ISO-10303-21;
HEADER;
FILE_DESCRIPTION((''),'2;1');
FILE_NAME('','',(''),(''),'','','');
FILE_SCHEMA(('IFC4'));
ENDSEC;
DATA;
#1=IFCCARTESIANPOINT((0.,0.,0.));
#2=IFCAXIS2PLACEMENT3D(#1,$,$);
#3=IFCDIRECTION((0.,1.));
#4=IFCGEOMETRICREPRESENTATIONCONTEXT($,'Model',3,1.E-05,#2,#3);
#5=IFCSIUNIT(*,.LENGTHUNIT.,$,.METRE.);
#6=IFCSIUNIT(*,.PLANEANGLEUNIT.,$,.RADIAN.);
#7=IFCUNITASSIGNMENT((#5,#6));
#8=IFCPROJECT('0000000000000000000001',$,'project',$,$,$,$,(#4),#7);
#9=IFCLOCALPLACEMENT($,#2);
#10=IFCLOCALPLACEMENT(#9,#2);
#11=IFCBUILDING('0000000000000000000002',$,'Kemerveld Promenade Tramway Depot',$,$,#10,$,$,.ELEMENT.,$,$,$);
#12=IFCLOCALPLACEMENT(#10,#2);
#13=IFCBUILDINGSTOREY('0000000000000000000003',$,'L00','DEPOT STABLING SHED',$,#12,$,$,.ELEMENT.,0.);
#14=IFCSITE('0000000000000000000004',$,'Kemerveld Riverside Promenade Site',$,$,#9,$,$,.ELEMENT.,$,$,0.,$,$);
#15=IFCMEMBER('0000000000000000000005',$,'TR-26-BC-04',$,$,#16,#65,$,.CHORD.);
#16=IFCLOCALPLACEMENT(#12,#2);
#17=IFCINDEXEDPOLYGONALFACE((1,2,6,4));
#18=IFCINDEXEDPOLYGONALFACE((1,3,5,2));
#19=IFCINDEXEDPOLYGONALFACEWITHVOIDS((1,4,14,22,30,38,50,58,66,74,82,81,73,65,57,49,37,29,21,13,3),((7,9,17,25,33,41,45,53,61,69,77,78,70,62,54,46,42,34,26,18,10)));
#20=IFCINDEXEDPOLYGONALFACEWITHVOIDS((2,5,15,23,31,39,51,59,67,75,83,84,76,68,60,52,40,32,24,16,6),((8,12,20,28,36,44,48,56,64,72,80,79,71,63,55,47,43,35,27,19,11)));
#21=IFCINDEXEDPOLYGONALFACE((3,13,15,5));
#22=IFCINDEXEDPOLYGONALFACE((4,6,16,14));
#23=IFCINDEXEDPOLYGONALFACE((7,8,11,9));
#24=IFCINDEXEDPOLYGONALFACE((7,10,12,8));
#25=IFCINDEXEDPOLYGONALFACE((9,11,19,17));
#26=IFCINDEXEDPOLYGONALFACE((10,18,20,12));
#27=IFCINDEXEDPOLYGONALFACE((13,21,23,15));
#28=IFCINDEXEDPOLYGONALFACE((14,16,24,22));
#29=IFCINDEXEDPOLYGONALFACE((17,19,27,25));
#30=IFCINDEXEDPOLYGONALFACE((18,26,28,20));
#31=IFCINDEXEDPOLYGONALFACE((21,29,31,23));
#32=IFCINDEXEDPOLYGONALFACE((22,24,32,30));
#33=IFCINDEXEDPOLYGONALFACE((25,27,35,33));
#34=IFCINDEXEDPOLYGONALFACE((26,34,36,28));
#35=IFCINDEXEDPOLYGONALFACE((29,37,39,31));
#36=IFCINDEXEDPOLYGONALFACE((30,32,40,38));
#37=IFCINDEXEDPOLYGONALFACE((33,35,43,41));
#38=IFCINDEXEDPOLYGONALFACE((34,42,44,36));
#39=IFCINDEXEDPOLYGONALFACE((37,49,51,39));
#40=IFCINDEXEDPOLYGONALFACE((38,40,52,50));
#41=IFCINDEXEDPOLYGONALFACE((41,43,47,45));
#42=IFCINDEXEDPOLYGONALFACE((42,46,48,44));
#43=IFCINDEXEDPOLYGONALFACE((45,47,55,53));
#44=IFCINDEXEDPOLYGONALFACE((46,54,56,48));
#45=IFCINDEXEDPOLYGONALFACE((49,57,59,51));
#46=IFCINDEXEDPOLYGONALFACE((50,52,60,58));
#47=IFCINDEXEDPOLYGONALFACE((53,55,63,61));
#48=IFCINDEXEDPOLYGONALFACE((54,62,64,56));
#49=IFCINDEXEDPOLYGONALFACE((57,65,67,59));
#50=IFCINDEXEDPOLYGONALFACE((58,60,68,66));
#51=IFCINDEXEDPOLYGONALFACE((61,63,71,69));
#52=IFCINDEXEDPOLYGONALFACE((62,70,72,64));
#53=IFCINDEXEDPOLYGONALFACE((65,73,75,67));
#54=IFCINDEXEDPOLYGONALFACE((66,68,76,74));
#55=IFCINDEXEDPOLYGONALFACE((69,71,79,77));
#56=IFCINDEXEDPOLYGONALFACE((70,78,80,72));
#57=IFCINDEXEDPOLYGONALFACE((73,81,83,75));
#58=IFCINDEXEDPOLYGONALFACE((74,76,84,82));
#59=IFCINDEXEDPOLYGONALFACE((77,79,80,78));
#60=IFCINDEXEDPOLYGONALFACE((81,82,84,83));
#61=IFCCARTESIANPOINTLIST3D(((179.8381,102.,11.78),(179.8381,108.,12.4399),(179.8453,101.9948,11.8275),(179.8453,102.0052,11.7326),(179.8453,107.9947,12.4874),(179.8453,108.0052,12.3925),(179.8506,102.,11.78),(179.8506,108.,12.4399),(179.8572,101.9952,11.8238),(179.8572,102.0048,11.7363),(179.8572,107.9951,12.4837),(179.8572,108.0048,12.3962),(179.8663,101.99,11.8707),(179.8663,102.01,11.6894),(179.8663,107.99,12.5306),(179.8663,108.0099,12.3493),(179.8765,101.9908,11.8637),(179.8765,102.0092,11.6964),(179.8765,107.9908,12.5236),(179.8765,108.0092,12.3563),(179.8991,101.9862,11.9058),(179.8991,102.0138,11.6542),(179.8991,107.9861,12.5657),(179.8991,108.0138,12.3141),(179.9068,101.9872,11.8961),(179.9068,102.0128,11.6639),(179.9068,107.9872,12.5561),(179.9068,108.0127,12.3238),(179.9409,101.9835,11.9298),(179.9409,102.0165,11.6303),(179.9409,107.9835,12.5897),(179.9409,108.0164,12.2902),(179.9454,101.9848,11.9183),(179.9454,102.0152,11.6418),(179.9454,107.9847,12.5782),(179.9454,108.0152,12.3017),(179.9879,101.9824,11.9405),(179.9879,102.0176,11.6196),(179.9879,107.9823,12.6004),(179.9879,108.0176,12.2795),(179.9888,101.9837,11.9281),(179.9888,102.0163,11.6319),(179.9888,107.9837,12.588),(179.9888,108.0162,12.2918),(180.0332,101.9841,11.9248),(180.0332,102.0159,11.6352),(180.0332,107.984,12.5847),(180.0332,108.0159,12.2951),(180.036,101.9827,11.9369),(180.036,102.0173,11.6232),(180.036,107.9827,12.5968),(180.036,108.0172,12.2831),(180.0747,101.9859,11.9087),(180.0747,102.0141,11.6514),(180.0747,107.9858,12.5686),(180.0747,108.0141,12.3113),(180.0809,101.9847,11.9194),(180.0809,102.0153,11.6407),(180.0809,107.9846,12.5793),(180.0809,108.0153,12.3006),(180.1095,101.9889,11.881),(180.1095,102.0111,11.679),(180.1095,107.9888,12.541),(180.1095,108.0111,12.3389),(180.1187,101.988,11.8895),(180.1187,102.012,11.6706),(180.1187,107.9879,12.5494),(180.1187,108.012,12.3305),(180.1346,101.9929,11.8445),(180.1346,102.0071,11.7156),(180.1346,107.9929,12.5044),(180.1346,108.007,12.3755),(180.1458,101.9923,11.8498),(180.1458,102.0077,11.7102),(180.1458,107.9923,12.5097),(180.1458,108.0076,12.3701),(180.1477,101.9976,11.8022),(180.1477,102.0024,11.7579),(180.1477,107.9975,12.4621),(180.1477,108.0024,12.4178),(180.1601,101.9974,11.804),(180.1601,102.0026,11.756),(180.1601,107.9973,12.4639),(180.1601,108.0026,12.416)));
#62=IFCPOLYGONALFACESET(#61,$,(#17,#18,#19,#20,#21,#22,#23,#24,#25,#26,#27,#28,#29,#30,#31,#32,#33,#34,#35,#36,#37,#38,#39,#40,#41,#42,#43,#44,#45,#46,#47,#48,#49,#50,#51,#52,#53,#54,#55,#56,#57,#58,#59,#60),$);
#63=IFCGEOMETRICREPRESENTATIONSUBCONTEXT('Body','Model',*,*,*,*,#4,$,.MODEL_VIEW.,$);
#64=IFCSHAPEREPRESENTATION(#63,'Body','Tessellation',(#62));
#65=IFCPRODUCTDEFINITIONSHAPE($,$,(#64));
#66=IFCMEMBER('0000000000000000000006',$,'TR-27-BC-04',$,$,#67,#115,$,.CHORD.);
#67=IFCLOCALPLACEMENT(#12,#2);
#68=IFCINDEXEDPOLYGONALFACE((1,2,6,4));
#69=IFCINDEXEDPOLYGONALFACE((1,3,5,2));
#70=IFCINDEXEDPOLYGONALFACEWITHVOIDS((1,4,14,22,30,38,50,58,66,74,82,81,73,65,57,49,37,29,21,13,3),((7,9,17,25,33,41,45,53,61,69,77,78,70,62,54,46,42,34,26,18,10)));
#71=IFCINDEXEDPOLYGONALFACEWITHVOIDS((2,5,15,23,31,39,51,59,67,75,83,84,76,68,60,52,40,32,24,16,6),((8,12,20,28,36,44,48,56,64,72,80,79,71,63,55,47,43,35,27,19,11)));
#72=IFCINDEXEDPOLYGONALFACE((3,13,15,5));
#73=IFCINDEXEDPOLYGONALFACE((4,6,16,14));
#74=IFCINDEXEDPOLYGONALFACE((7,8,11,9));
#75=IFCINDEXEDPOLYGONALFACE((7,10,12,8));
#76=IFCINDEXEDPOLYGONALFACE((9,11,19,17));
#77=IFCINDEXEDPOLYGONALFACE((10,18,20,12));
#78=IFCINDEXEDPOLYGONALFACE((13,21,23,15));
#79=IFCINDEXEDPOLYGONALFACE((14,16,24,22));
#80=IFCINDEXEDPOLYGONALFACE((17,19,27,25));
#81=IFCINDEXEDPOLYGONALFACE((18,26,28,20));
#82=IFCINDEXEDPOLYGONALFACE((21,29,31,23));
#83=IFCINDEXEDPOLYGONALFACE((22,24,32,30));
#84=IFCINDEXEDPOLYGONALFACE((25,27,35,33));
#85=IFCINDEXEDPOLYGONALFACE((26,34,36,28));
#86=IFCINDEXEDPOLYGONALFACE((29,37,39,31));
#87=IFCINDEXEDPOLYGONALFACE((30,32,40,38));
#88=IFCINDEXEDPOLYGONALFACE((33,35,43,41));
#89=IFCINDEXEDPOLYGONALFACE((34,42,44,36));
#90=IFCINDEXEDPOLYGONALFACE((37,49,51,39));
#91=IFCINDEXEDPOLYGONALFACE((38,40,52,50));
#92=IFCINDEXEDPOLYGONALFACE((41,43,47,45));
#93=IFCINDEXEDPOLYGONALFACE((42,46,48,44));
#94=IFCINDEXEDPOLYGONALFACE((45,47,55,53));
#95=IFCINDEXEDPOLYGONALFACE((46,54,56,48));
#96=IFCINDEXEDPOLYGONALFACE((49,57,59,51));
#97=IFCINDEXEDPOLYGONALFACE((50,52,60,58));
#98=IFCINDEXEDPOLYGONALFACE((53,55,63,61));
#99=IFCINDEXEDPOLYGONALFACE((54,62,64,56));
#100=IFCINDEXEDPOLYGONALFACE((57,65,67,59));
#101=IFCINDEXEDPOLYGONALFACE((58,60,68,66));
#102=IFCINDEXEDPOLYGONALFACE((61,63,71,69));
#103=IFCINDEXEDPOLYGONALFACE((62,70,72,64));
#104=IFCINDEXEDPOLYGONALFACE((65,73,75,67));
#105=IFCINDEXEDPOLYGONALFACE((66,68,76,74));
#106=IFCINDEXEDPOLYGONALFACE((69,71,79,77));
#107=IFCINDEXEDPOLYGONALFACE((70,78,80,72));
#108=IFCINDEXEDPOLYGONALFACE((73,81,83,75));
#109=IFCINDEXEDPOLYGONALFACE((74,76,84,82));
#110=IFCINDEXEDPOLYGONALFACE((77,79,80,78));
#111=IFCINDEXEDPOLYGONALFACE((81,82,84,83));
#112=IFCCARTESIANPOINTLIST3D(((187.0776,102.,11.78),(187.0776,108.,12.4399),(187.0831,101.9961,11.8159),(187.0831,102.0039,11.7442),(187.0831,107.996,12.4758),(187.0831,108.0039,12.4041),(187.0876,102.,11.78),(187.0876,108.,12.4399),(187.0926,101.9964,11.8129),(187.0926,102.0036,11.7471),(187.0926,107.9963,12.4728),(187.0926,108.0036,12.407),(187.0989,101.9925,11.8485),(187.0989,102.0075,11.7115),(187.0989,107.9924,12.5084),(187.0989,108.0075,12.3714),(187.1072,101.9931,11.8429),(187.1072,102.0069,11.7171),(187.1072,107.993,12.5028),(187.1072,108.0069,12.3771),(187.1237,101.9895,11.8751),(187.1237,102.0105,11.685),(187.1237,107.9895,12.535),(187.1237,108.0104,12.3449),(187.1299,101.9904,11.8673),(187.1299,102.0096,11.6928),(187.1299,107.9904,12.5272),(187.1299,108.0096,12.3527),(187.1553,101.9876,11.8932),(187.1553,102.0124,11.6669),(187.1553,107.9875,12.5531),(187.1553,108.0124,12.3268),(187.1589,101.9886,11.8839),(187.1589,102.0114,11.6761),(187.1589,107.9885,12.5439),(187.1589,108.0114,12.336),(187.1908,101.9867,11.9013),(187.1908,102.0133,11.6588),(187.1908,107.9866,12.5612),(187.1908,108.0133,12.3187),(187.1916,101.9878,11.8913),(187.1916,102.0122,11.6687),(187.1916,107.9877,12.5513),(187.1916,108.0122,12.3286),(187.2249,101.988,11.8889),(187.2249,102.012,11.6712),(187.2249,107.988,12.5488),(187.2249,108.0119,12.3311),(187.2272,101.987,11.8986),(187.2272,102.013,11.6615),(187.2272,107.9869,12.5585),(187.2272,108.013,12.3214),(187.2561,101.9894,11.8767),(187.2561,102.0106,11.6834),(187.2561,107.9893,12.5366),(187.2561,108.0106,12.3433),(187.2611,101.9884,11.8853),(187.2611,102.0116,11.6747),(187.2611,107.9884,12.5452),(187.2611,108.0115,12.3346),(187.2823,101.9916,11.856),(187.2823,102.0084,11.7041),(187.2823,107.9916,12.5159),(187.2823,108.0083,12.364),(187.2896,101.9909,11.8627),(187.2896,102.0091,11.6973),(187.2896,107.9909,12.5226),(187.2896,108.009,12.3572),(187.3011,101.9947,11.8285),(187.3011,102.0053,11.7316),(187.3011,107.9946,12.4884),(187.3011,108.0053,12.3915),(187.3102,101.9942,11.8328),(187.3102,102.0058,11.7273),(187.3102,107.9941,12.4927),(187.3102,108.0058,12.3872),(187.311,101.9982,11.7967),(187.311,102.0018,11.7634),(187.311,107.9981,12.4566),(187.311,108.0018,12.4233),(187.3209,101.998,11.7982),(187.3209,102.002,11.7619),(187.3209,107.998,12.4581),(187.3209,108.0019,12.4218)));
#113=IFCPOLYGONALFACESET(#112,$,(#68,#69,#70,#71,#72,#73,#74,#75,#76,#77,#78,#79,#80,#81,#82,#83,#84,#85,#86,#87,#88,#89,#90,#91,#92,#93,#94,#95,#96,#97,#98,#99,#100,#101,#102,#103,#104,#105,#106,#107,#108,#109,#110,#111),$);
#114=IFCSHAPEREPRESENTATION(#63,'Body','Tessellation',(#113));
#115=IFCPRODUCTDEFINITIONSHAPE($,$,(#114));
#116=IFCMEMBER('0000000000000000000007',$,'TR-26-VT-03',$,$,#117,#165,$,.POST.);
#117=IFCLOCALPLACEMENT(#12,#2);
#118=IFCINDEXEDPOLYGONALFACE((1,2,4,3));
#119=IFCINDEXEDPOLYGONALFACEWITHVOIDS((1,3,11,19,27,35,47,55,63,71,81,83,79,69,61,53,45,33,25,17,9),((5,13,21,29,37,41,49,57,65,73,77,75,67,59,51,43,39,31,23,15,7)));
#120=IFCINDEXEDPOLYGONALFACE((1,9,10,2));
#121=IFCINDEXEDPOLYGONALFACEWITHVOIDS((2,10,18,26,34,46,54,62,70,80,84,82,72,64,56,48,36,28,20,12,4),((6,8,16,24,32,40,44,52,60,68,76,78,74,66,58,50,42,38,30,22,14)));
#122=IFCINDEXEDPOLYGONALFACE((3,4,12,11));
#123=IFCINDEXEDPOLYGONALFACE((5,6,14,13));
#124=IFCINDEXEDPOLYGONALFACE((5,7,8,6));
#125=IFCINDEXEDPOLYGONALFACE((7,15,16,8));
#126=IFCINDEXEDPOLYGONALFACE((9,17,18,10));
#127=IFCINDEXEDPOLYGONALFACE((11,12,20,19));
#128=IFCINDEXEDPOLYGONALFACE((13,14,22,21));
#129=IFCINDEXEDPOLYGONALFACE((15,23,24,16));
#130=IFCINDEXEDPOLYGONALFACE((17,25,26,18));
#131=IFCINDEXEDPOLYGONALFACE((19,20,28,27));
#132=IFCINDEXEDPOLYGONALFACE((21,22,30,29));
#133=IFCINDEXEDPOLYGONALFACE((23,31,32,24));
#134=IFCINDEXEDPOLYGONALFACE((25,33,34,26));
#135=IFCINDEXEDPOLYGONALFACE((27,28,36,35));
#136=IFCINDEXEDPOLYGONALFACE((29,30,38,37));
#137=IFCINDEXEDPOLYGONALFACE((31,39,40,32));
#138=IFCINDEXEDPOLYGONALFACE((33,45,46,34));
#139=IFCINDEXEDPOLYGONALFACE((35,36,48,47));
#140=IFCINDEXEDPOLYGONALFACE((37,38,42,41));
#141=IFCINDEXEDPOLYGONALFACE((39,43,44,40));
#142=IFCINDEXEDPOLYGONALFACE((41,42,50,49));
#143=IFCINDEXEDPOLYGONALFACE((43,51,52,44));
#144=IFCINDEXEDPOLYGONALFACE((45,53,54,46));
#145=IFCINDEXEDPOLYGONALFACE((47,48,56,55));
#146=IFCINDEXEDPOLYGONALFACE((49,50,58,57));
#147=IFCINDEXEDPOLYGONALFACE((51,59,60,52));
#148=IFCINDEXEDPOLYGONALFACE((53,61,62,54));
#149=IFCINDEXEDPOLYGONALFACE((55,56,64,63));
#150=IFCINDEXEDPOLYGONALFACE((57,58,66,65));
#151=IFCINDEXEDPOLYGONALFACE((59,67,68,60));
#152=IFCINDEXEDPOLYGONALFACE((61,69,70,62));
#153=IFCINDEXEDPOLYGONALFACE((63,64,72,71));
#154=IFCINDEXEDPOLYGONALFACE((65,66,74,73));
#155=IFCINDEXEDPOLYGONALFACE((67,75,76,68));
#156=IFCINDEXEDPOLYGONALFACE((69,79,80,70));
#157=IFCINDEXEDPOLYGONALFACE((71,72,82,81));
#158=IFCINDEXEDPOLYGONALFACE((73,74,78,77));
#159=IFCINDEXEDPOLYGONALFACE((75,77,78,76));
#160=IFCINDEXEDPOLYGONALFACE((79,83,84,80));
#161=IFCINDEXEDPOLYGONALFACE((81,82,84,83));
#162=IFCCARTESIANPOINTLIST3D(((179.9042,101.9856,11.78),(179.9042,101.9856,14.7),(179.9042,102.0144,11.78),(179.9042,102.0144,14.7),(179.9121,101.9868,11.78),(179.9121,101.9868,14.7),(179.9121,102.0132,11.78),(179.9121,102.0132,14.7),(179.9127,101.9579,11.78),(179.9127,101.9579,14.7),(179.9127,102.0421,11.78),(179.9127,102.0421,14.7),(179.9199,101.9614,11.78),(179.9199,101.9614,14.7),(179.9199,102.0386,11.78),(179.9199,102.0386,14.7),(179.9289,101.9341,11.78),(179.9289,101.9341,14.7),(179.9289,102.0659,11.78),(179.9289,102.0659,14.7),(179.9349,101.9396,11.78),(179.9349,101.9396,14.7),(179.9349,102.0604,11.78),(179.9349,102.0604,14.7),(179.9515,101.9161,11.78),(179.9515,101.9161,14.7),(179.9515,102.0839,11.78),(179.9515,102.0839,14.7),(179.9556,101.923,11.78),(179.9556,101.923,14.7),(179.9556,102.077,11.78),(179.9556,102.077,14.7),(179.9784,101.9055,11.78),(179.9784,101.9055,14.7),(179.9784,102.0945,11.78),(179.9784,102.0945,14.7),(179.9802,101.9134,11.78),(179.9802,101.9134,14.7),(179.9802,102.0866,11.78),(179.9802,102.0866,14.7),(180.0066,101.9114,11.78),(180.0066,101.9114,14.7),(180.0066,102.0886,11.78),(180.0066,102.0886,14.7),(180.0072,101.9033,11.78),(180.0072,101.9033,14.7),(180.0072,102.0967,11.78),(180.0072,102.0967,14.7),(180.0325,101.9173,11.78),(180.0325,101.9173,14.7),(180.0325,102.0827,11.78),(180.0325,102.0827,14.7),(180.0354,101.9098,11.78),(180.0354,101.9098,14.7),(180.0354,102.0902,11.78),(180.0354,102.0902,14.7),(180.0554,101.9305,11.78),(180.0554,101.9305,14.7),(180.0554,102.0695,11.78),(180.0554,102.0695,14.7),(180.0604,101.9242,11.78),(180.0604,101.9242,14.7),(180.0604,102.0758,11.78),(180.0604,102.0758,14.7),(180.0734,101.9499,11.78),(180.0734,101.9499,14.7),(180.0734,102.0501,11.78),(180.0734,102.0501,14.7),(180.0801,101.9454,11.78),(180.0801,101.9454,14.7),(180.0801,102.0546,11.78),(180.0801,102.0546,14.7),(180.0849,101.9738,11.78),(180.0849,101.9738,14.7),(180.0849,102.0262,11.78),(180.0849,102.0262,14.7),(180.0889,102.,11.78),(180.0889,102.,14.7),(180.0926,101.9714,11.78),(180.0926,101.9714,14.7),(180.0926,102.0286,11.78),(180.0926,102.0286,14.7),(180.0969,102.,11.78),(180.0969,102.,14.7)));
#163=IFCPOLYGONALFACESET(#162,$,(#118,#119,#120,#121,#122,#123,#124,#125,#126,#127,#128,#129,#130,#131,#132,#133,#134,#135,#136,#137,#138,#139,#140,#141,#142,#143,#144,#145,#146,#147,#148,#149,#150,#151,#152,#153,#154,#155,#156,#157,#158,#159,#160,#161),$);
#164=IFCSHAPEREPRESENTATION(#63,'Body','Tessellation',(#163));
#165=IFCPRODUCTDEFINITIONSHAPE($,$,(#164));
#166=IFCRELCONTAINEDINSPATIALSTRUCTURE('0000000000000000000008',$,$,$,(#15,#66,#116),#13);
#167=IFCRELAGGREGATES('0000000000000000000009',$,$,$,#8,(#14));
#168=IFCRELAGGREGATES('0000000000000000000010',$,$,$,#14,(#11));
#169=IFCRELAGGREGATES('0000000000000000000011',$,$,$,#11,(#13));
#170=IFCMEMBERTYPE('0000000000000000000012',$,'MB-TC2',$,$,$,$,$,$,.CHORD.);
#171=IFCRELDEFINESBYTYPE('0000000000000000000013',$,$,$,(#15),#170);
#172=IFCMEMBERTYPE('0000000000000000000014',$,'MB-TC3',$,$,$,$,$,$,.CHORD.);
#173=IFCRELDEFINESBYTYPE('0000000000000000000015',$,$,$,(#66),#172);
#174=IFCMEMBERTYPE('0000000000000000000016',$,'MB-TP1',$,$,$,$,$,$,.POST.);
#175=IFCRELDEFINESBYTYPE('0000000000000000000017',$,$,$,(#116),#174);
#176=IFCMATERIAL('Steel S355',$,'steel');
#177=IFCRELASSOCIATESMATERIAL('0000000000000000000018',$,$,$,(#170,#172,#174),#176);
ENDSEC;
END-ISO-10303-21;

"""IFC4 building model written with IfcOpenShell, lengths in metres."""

from ifc_helpers import new_model, si_unit, direction, frame, origin, origin_2d, place, context, subcontext, project, spatial, hollow_circle, extrude, material, material_profile, profile_set, type_object, element, save


model = new_model("IFC4")

# Units and contexts
model_context = context("Model", 3, precision=1e-05, world=origin(), true_north=direction((0.0, 1.0)))
body_context = subcontext(model_context, "Body", "Model", "MODEL_VIEW")
ifc_project = project(units=[si_unit("LENGTHUNIT", "METRE"), si_unit("PLANEANGLEUNIT", "RADIAN")], contexts=[model_context])

# Site, building, storey
site_placement = place(None, origin())
site = spatial("IfcSite", under=ifc_project, at=site_placement, Name="Kemerveld Riverside Promenade Site", CompositionType="ELEMENT", RefElevation=0.0)
building_placement = place(site_placement, origin())
building = spatial("IfcBuilding", under=site, at=building_placement, Name="Kemerveld Promenade Tramway Depot", CompositionType="ELEMENT")
storey_placement = place(building_placement, origin())
storey = spatial("IfcBuildingStorey", under=building, at=storey_placement, Name="L00", Description="DEPOT STABLING SHED", CompositionType="ELEMENT", Elevation=0.0)

# Members
ifc_material_1 = material(Name="Steel S355", Category="steel")
ifc_material_profile_1 = material_profile(ifc_material_1, hollow_circle(Radius=0.1619, WallThickness=0.0125, at=origin_2d()), Name="323.9x12.5 CHS")
ifc_profile_set_1 = profile_set([ifc_material_profile_1], Name="Steel S355")
member_type_1 = type_object("IfcMemberType", Name="MB-TC2", PredefinedType="CHORD", material=ifc_profile_set_1)
member_1_placement = place(storey_placement, frame((180.0, 102.0, 11.78), z_axis=(0.0, 0.994006, 0.109326), x_axis=(-1.0, 0.0, 0.0)))
element("IfcMember", 1, at=member_1_placement, inside=storey, type_object=member_type_1, Name="TR-26-BC-04", PredefinedType="CHORD", context=body_context, shape_type="SweptSolid", body=[
    extrude(hollow_circle(Radius=0.1619, WallThickness=0.0125, at=origin_2d()), origin(), (0.0, 0.0, 1.0), 6.0361),
])
ifc_material_profile_2 = material_profile(ifc_material_1, hollow_circle(Radius=0.1223, WallThickness=0.01, at=origin_2d()), Name="244.5x10.0 CHS")
ifc_profile_set_2 = profile_set([ifc_material_profile_2], Name="Steel S355")
member_type_2 = type_object("IfcMemberType", Name="MB-TC3", PredefinedType="CHORD", material=ifc_profile_set_2)
member_2_placement = place(storey_placement, frame((187.2, 102.0, 11.78), z_axis=(0.0, 0.994006, 0.109326), x_axis=(-1.0, 0.0, 0.0)))
element("IfcMember", 2, at=member_2_placement, inside=storey, type_object=member_type_2, Name="TR-27-BC-04", PredefinedType="CHORD", context=body_context, shape_type="SweptSolid", body=[
    extrude(hollow_circle(Radius=0.1223, WallThickness=0.01, at=origin_2d()), origin(), (0.0, 0.0, 1.0), 6.0361),
])
ifc_material_profile_3 = material_profile(ifc_material_1, hollow_circle(Radius=0.0969, WallThickness=0.0081, at=origin_2d()), Name="193.7x8.0 CHS")
ifc_profile_set_3 = profile_set([ifc_material_profile_3], Name="Steel S355")
member_type_3 = type_object("IfcMemberType", Name="MB-TP1", PredefinedType="POST", material=ifc_profile_set_3)
member_3_placement = place(storey_placement, frame((180.0, 102.0, 11.78), z_axis=(0.0, 0.0, 1.0), x_axis=(1.0, 0.0, 0.0)))
element("IfcMember", 3, at=member_3_placement, inside=storey, type_object=member_type_3, Name="TR-26-VT-03", PredefinedType="POST", context=body_context, shape_type="SweptSolid", body=[
    extrude(hollow_circle(Radius=0.0969, WallThickness=0.0081, at=origin_2d()), origin(), (0.0, 0.0, 1.0), 2.9199),
])

save(model, "model.ifc")
